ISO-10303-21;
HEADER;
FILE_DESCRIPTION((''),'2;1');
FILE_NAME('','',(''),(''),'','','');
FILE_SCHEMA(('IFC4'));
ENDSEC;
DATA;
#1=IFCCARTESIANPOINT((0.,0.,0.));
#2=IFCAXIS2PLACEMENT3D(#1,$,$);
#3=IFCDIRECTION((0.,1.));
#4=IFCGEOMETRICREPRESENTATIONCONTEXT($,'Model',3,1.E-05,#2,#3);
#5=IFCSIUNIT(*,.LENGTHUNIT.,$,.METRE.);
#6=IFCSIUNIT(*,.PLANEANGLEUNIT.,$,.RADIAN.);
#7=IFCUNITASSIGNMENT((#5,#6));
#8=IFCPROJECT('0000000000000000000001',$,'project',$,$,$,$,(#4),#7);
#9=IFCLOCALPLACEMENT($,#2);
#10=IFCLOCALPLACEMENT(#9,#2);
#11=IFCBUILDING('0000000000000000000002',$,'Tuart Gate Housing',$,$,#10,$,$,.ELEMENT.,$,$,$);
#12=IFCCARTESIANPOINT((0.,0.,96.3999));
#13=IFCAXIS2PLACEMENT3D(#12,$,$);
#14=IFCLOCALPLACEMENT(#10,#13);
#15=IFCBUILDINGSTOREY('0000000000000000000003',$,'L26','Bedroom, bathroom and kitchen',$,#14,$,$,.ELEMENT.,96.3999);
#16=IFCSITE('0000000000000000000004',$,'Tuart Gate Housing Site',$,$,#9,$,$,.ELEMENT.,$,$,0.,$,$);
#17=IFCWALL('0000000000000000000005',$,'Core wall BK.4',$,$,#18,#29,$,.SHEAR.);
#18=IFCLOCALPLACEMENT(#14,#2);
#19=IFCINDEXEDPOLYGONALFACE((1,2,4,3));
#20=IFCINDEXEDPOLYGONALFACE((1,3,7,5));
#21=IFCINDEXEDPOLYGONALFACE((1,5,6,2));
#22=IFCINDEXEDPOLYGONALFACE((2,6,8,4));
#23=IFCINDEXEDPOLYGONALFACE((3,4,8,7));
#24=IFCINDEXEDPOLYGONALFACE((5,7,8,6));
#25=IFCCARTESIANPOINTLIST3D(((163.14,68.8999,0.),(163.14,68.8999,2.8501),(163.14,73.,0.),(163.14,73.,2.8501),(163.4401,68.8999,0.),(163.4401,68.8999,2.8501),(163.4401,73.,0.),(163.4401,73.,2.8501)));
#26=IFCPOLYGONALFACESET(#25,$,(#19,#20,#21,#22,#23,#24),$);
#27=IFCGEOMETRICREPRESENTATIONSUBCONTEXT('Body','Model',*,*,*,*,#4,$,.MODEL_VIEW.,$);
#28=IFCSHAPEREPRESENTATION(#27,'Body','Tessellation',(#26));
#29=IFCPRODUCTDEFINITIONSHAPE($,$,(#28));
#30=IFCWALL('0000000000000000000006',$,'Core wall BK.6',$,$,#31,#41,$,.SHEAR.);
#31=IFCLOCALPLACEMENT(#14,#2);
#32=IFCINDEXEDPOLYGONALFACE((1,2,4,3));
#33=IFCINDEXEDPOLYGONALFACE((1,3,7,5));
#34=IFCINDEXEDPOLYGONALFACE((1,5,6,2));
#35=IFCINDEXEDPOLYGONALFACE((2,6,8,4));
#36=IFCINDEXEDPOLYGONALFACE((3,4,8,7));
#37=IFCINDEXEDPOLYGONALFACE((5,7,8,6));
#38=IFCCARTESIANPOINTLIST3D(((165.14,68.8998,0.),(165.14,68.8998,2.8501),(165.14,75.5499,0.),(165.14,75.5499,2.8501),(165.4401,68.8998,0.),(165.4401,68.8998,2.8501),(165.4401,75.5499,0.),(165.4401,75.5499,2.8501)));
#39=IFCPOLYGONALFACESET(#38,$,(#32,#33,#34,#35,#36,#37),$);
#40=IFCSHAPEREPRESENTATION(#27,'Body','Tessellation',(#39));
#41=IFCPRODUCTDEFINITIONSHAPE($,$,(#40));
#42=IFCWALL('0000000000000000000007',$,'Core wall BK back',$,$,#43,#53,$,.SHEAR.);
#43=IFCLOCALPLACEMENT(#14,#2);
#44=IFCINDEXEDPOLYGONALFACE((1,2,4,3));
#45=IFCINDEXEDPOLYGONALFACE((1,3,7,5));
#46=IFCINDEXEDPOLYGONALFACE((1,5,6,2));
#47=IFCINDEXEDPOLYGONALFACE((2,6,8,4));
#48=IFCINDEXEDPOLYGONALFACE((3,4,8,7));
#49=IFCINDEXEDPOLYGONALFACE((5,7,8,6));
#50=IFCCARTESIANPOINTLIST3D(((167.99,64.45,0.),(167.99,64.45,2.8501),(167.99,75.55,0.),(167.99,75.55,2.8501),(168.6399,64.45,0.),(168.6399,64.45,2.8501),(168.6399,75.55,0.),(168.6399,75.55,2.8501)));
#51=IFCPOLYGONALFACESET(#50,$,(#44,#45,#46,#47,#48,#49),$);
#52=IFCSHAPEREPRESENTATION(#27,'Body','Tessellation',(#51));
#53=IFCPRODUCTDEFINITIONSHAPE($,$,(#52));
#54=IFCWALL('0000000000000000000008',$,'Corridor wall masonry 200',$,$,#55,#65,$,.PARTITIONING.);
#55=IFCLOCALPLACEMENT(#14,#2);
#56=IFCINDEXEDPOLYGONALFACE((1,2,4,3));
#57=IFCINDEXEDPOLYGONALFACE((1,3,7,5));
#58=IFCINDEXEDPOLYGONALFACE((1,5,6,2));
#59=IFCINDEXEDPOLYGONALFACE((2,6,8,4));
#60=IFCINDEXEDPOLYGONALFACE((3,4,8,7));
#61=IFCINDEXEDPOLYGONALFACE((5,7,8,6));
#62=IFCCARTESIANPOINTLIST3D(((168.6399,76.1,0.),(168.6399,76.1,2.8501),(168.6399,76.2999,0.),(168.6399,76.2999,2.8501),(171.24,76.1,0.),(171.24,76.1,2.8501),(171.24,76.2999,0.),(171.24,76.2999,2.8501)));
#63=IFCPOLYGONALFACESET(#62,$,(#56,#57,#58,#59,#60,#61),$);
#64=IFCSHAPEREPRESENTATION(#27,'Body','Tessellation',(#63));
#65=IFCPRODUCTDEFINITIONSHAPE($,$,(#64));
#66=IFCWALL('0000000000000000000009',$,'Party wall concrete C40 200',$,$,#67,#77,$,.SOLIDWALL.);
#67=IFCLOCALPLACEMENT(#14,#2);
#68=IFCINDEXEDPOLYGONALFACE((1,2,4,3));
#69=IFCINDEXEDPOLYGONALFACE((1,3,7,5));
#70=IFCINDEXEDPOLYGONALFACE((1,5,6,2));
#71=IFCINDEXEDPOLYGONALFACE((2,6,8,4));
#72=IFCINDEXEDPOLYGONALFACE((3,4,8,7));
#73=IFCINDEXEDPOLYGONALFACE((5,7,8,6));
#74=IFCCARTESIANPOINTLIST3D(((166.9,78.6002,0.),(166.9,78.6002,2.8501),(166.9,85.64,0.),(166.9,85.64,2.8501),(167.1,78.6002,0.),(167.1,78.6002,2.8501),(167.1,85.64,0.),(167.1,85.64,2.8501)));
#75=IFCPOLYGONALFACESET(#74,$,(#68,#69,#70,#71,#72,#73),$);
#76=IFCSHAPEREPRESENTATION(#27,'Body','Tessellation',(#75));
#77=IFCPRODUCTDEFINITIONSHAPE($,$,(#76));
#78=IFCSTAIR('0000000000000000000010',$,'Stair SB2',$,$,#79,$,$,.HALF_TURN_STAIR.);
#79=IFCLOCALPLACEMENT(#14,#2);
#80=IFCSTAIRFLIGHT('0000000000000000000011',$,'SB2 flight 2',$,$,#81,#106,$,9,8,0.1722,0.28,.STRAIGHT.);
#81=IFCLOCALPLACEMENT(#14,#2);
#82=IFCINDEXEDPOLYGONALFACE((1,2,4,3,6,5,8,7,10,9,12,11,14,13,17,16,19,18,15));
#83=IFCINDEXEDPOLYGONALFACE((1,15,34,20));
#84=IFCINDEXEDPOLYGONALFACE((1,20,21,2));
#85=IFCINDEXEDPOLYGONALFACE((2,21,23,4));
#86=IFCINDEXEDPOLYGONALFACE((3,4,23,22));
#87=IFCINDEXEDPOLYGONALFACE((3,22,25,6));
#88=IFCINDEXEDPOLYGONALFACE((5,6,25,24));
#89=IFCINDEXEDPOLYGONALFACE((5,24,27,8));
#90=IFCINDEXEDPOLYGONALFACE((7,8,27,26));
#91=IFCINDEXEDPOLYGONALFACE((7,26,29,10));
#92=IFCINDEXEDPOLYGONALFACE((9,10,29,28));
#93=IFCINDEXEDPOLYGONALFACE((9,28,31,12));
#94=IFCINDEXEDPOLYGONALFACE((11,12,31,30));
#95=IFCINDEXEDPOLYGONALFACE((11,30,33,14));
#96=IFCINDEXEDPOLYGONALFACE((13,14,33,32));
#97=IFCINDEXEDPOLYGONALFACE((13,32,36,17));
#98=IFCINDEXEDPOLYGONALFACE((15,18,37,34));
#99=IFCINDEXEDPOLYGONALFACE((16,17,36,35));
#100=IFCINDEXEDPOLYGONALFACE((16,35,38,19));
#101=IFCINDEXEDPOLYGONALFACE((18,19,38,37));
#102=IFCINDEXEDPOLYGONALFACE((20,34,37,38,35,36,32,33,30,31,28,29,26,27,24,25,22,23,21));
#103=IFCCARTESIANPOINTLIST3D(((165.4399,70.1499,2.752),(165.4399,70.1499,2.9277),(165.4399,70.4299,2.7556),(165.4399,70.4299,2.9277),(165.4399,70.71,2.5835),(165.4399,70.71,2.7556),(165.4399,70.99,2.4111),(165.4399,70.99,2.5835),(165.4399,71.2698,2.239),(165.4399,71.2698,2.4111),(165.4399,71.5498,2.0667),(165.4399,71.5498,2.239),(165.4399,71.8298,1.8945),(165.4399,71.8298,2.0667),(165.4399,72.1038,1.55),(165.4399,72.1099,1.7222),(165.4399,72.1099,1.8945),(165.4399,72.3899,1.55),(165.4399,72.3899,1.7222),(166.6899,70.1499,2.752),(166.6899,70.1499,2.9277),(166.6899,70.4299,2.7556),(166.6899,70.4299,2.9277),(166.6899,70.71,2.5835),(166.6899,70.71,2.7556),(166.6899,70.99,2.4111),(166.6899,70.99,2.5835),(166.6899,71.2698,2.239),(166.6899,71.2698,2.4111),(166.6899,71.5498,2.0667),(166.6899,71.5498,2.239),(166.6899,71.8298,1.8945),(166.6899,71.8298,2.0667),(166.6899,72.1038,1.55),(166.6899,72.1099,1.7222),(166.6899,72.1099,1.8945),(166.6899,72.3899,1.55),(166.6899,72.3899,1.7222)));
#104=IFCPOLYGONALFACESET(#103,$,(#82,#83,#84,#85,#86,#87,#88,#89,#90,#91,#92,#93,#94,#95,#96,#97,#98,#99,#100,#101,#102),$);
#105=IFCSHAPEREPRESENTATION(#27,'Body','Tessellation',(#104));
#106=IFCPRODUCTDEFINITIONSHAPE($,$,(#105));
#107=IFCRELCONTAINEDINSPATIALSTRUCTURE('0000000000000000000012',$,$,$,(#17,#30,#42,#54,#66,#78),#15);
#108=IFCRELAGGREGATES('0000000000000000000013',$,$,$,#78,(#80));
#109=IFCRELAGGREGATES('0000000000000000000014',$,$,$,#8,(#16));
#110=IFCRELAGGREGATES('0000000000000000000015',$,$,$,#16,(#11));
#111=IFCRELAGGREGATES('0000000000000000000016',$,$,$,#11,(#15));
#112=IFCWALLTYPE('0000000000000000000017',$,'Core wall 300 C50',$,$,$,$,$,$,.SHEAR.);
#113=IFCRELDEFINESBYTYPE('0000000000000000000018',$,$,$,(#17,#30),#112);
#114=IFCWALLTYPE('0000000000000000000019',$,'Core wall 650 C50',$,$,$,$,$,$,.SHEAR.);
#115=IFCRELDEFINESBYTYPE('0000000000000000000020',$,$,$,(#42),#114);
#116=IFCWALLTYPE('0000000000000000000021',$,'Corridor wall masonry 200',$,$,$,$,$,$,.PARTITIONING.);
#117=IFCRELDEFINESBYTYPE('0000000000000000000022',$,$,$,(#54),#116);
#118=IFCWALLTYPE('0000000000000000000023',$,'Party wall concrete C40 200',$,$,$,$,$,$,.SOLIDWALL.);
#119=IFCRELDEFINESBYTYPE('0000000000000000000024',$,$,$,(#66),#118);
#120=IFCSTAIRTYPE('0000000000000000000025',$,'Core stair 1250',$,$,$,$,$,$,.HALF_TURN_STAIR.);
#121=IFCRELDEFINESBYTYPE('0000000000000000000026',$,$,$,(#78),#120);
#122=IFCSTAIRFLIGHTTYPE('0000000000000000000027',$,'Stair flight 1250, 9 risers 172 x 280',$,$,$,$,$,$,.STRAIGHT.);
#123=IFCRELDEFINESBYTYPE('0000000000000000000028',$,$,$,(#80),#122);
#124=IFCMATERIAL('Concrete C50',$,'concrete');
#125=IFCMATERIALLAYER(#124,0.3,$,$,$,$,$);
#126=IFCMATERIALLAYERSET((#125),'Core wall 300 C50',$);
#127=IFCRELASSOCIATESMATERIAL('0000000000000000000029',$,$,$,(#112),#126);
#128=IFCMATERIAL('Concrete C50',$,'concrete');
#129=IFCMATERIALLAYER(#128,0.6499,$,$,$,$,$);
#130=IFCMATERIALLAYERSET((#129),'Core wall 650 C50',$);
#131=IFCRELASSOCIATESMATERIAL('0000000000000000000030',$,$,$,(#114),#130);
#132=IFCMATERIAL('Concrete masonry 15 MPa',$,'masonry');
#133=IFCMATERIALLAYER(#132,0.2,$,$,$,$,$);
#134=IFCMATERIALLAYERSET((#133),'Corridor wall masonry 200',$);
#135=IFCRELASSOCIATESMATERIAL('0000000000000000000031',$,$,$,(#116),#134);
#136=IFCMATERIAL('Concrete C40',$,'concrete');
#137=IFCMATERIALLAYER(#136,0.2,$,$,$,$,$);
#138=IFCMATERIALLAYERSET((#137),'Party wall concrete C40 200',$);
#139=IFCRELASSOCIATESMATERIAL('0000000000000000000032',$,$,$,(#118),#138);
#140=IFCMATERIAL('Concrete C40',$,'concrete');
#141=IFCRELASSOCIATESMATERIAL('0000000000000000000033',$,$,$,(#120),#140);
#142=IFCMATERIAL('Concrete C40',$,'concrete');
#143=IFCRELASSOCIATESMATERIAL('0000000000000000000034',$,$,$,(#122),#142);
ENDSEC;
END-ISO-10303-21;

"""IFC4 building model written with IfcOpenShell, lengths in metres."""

from ifc_helpers import new_model, si_unit, direction, frame, frame_2d, origin, place, context, subcontext, project, spatial, polyline, rectangle, outline, extrude, material, layer, layer_set, type_object, element, aggregate, save


model = new_model("IFC4")

# Units and contexts
model_context = context("Model", 3, precision=1e-05, world=origin(), true_north=direction((0.0, 1.0)))
body_context = subcontext(model_context, "Body", "Model", "MODEL_VIEW")
ifc_project = project(units=[si_unit("LENGTHUNIT", "METRE"), si_unit("PLANEANGLEUNIT", "RADIAN")], contexts=[model_context])

# Site, building, storey
site_placement = place(None, origin())
site = spatial("IfcSite", under=ifc_project, at=site_placement, Name="Tuart Gate Housing Site", CompositionType="ELEMENT", RefElevation=0.0)
building_placement = place(site_placement, origin())
building = spatial("IfcBuilding", under=site, at=building_placement, Name="Tuart Gate Housing", CompositionType="ELEMENT")
storey_placement = place(building_placement, frame((0.0, 0.0, 96.3999)))
storey = spatial("IfcBuildingStorey", under=building, at=storey_placement, Name="L26", Description="Bedroom, bathroom and kitchen", CompositionType="ELEMENT", Elevation=96.3999)

# Walls
ifc_material_1 = material(Name="Concrete C50", Category="concrete")
ifc_layer_1 = layer(ifc_material_1, 0.3)
ifc_layer_set_1 = layer_set([ifc_layer_1], Name="Core wall 300 C50")
wall_type_1 = type_object("IfcWallType", Name="Core wall 300 C50", PredefinedType="SHEAR", material=ifc_layer_set_1)
wall_1_placement = place(storey_placement, frame((163.29, 73.0, 0.0), z_axis=(0.0, 0.0, 1.0), x_axis=(0.0, -1.0, 0.0)))
element("IfcWall", 1, at=wall_1_placement, inside=storey, type_object=wall_type_1, Name="Core wall BK.4", PredefinedType="SHEAR", context=body_context, shape_type="SweptSolid", body=[
    extrude(rectangle(XDim=4.1001, YDim=0.3, at=frame_2d((2.05, 0.0))), origin(), (0.0, 0.0, 1.0), 2.8501),
])
wall_2_placement = place(storey_placement, frame((165.29, 75.55, 0.0), z_axis=(0.0, 0.0, 1.0), x_axis=(0.0, -1.0, 0.0)))
element("IfcWall", 2, at=wall_2_placement, inside=storey, type_object=wall_type_1, Name="Core wall BK.6", PredefinedType="SHEAR", context=body_context, shape_type="SweptSolid", body=[
    extrude(rectangle(XDim=6.6501, YDim=0.3, at=frame_2d((3.3252, 0.0))), origin(), (0.0, 0.0, 1.0), 2.8501),
])
ifc_material_2 = material(Name="Concrete C50", Category="concrete")
ifc_layer_2 = layer(ifc_material_2, 0.6499)
ifc_layer_set_2 = layer_set([ifc_layer_2], Name="Core wall 650 C50")
wall_type_2 = type_object("IfcWallType", Name="Core wall 650 C50", PredefinedType="SHEAR", material=ifc_layer_set_2)
wall_3_placement = place(storey_placement, frame((168.3149, 75.55, 0.0), z_axis=(0.0, 0.0, 1.0), x_axis=(0.0, -1.0, 0.0)))
element("IfcWall", 3, at=wall_3_placement, inside=storey, type_object=wall_type_2, Name="Core wall BK back", PredefinedType="SHEAR", context=body_context, shape_type="SweptSolid", body=[
    extrude(rectangle(XDim=11.1001, YDim=0.6499, at=frame_2d((5.55, 0.0))), origin(), (0.0, 0.0, 1.0), 2.8501),
])
ifc_material_3 = material(Name="Concrete masonry 15 MPa", Category="masonry")
ifc_layer_3 = layer(ifc_material_3, 0.2)
ifc_layer_set_3 = layer_set([ifc_layer_3], Name="Corridor wall masonry 200")
wall_type_3 = type_object("IfcWallType", Name="Corridor wall masonry 200", PredefinedType="PARTITIONING", material=ifc_layer_set_3)
wall_4_placement = place(storey_placement, frame((168.6399, 76.2, 0.0), z_axis=(0.0, 0.0, 1.0), x_axis=(1.0, 0.0, 0.0)))
element("IfcWall", 4, at=wall_4_placement, inside=storey, type_object=wall_type_3, Name="Corridor wall masonry 200", PredefinedType="PARTITIONING", context=body_context, shape_type="SweptSolid", body=[
    extrude(rectangle(XDim=2.6001, YDim=0.2, at=frame_2d((1.3, 0.0))), origin(), (0.0, 0.0, 1.0), 2.8501),
])
ifc_material_4 = material(Name="Concrete C40", Category="concrete")
ifc_layer_4 = layer(ifc_material_4, 0.2)
ifc_layer_set_4 = layer_set([ifc_layer_4], Name="Party wall concrete C40 200")
wall_type_4 = type_object("IfcWallType", Name="Party wall concrete C40 200", PredefinedType="SOLIDWALL", material=ifc_layer_set_4)
wall_5_placement = place(storey_placement, frame((167.0, 78.6001, 0.0), z_axis=(0.0, 0.0, 1.0), x_axis=(0.0, 1.0, 0.0)))
element("IfcWall", 5, at=wall_5_placement, inside=storey, type_object=wall_type_4, Name="Party wall concrete C40 200", PredefinedType="SOLIDWALL", context=body_context, shape_type="SweptSolid", body=[
    extrude(rectangle(XDim=7.0398, YDim=0.2, at=frame_2d((3.52, 0.0))), origin(), (0.0, 0.0, 1.0), 2.8501),
])

# Stair, stair flight
ifc_material_5 = material(Name="Concrete C40", Category="concrete")
stair_type = type_object("IfcStairType", Name="Core stair 1250", PredefinedType="HALF_TURN_STAIR", material=ifc_material_5)
stair_placement = place(storey_placement, origin())
stair = element("IfcStair", 6, at=stair_placement, inside=storey, type_object=stair_type, Name="Stair SB2", PredefinedType="HALF_TURN_STAIR")
ifc_material_6 = material(Name="Concrete C40", Category="concrete")
stair_flight_type = type_object("IfcStairFlightType", Name="Stair flight 1250, 9 risers 172 x 280", PredefinedType="STRAIGHT", material=ifc_material_6)
stair_flight_placement = place(storey_placement, frame((166.0649, 72.3899, 1.55), z_axis=(0.0, 0.0, 1.0), x_axis=(0.0, -1.0, 0.0)))
stair_flight = element("IfcStairFlight", 7, at=stair_flight_placement, type_object=stair_flight_type, Name="SB2 flight 2", NumberOfRisers=9, NumberOfTreads=8, PredefinedType="STRAIGHT", RiserHeight=0.1722, TreadLength=0.28, context=body_context, shape_type="SweptSolid", body=[
    extrude(outline(polyline([(0.0, 0.0), (0.0, 0.1721), (0.28, 0.1721), (0.28, 0.3445), (0.5601, 0.3445), (0.5601, 0.5166), (0.8401, 0.5166), (0.8401, 0.689), (1.1201, 0.689), (1.1201, 0.8611), (1.3999, 0.8611), (1.3999, 1.0334), (1.6799, 1.0334), (1.6799, 1.2056), (1.96, 1.2056), (1.96, 1.3777), (2.24, 1.3777), (2.24, 1.55), (2.24, 1.2019), (0.2861, 0.0), (0.0, 0.0)])), frame((0.0, 0.625, 0.0), z_axis=(0.0, -1.0, 0.0), x_axis=(1.0, 0.0, 0.0)), (0.0, 0.0, 1.0), 1.25),
])
aggregate(stair, [stair_flight])

save(model, "model.ifc")
